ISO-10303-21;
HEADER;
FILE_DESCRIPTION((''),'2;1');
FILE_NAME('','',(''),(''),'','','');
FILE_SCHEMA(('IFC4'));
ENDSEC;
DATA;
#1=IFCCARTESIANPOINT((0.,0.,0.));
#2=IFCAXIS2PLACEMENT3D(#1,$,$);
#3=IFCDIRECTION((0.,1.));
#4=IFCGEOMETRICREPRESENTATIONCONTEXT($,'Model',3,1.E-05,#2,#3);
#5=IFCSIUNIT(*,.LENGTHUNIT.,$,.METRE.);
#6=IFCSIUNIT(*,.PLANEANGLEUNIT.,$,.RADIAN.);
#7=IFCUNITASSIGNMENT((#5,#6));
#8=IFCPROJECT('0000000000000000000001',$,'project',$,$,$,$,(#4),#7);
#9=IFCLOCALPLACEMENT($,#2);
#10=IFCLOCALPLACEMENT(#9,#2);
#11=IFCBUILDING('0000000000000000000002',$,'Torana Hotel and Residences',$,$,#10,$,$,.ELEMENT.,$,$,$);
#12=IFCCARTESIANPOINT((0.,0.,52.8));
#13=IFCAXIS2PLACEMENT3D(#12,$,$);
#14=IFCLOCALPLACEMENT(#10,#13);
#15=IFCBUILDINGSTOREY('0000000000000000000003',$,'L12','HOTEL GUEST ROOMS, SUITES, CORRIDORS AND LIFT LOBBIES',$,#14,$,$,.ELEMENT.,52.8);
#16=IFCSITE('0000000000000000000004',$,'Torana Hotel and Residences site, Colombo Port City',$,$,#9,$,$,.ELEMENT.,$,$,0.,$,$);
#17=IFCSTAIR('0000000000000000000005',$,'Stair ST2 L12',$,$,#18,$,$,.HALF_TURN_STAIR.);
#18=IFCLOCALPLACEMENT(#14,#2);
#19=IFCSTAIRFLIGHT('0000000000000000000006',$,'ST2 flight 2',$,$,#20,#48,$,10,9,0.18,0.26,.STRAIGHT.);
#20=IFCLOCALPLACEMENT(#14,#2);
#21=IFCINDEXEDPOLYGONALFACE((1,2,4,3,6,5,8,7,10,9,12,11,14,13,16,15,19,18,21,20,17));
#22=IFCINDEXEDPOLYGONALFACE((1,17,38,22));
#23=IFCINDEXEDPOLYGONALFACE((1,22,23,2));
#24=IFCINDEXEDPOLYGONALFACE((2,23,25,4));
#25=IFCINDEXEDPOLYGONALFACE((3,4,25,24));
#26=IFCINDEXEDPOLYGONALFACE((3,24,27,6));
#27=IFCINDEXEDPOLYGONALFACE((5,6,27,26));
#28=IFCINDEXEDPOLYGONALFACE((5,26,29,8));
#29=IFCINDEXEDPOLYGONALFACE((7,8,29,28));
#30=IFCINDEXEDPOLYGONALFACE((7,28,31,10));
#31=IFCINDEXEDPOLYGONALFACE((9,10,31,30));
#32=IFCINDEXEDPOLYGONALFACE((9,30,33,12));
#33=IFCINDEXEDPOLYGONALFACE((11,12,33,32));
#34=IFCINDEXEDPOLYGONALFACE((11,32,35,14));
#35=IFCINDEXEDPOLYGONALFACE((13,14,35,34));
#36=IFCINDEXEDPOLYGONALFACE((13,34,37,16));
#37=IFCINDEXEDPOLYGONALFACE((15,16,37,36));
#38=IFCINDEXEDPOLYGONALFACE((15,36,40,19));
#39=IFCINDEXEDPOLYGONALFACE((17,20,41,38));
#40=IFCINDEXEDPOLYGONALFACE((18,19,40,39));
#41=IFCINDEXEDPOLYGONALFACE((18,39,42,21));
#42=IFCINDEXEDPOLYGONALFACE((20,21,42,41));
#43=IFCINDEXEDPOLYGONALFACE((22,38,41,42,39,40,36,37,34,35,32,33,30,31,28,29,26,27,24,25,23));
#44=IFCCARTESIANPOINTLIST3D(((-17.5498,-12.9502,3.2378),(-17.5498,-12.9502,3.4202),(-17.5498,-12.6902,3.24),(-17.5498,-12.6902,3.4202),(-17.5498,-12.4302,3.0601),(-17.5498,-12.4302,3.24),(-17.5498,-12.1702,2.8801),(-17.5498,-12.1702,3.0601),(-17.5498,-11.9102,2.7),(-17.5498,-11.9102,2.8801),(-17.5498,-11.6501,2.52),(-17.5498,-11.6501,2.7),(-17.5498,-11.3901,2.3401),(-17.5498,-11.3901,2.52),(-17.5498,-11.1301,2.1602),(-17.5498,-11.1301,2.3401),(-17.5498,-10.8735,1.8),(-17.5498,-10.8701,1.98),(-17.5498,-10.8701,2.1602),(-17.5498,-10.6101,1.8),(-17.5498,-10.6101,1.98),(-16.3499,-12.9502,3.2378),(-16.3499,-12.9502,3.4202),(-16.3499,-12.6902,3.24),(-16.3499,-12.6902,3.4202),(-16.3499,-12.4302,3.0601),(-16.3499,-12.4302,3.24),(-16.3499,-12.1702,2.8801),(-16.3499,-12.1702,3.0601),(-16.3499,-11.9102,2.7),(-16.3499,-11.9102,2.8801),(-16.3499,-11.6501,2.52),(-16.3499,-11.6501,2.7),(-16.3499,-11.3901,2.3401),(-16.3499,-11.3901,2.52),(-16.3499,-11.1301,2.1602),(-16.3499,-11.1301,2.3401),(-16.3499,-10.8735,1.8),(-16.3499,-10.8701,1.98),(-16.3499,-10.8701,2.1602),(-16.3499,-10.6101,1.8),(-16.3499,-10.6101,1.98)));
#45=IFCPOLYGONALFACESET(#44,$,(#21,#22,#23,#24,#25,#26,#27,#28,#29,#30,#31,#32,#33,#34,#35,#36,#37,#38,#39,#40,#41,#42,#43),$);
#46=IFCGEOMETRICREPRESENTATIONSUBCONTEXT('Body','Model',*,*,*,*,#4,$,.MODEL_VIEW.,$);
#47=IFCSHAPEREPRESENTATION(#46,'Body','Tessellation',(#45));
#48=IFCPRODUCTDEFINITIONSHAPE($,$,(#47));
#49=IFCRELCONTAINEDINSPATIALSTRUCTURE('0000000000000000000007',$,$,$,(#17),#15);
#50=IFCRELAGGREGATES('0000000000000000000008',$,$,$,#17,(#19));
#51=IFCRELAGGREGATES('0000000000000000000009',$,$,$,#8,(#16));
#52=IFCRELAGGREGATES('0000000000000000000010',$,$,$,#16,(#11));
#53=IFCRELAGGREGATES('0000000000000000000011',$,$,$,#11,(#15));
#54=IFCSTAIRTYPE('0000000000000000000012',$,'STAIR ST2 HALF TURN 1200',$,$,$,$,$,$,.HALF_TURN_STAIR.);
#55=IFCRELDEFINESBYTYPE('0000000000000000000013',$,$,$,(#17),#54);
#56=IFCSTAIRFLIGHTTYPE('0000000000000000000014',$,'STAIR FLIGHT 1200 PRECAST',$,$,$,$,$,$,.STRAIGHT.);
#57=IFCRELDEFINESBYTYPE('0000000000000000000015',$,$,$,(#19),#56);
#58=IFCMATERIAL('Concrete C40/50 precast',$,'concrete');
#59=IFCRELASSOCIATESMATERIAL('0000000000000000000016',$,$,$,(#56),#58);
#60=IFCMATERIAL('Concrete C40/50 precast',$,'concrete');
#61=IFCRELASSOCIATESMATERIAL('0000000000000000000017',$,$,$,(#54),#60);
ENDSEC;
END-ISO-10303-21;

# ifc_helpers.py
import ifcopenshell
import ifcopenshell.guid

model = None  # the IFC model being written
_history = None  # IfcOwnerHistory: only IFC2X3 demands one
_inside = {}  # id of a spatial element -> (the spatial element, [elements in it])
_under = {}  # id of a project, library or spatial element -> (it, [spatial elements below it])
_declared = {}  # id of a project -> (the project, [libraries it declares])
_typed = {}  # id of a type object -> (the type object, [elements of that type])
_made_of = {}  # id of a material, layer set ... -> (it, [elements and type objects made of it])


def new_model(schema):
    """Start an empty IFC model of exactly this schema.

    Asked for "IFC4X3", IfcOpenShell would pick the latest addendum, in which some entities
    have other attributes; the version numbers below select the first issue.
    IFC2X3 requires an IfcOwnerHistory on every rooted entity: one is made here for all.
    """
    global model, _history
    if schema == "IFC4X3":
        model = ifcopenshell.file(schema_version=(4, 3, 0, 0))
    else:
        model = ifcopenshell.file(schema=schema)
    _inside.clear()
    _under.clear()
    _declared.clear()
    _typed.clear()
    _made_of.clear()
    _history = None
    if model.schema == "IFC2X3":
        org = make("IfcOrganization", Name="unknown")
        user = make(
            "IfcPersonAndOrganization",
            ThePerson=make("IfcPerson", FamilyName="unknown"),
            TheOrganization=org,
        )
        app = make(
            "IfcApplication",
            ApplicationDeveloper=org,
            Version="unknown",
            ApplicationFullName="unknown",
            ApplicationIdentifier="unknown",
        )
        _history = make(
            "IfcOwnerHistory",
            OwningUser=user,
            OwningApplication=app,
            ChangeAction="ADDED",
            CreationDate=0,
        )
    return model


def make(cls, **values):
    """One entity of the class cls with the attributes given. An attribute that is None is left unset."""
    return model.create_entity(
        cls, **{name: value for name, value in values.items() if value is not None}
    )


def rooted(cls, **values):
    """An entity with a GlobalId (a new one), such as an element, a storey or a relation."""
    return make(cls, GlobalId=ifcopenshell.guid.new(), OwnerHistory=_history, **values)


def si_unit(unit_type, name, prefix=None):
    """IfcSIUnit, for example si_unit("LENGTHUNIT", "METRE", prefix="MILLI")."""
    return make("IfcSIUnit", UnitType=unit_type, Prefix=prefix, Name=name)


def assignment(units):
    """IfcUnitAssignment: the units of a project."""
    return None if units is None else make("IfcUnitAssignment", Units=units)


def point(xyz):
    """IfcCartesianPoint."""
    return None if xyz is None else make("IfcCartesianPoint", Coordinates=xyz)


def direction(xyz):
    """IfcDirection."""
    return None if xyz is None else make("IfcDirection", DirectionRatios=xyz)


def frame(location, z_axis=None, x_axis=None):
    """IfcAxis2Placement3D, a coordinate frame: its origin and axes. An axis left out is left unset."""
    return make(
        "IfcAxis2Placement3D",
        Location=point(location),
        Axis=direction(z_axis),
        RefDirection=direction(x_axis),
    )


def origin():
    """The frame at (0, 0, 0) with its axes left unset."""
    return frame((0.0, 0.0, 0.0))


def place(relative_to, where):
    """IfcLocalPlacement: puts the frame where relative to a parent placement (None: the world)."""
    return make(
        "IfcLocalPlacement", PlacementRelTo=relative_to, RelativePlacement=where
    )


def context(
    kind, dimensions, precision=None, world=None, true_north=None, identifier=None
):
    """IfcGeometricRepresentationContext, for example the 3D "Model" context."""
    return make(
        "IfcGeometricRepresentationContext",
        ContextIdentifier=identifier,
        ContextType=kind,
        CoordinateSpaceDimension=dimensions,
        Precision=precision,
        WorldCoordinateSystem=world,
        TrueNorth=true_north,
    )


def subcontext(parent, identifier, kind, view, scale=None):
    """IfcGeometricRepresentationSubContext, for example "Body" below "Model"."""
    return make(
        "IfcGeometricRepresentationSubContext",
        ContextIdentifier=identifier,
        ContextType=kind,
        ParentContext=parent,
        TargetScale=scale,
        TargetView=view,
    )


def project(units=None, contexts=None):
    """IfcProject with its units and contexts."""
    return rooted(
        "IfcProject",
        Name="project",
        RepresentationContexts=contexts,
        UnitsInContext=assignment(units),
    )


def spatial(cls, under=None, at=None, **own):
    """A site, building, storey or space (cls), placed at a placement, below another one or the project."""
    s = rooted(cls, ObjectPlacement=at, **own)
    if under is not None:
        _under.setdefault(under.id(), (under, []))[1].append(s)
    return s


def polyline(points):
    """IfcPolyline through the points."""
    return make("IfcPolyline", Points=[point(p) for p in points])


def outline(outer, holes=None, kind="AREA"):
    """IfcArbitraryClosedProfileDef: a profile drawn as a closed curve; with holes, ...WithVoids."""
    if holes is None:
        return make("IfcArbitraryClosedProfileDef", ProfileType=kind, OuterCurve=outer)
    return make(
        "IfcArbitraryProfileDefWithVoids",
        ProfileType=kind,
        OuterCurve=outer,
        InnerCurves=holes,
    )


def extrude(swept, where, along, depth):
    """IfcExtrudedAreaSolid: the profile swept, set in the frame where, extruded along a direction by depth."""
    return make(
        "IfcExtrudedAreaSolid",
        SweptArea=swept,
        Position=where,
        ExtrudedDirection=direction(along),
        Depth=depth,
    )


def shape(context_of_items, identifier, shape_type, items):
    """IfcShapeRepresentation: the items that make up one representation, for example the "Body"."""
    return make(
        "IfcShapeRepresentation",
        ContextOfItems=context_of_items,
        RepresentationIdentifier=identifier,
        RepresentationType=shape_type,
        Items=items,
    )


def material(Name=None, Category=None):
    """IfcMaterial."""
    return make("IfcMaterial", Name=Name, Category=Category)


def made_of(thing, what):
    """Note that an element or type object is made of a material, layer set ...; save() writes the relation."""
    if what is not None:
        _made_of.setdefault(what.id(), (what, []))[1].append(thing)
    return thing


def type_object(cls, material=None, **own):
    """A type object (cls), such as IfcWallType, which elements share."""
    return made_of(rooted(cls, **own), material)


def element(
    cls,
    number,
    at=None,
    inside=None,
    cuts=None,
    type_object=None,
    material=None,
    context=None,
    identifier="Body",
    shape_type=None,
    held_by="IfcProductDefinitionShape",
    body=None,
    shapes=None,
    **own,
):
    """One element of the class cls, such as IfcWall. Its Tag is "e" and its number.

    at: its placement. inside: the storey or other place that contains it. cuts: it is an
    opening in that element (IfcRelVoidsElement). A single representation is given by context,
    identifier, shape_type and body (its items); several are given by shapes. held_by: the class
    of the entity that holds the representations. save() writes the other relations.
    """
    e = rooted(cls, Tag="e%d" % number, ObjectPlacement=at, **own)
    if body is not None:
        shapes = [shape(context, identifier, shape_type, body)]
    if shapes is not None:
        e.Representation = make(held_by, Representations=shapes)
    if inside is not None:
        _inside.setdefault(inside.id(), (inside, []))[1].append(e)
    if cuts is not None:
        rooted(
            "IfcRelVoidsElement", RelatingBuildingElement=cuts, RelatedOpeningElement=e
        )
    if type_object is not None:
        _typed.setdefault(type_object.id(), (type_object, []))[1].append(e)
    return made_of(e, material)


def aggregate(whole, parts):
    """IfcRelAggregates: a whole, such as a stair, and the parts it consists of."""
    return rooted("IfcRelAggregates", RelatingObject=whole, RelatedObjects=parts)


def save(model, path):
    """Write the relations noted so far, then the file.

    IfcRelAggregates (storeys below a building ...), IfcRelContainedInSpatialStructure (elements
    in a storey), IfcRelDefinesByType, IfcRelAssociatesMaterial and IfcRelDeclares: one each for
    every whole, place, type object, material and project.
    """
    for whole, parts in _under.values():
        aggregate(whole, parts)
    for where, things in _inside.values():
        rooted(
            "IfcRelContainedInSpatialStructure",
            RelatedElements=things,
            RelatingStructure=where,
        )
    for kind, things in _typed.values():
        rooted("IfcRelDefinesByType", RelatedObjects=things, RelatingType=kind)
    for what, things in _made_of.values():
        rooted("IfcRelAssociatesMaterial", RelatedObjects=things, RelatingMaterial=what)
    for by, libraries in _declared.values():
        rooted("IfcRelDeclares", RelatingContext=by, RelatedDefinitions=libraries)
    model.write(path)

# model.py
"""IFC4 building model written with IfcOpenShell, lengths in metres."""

from ifc_helpers import new_model, si_unit, direction, frame, origin, place, context, subcontext, project, spatial, polyline, outline, extrude, material, type_object, element, aggregate, save


model = new_model("IFC4")

# Units and contexts
model_context = context("Model", 3, precision=1e-05, world=origin(), true_north=direction((0.0, 1.0)))
body_context = subcontext(model_context, "Body", "Model", "MODEL_VIEW")
ifc_project = project(units=[si_unit("LENGTHUNIT", "METRE"), si_unit("PLANEANGLEUNIT", "RADIAN")], contexts=[model_context])

# Site, building, storey
site_placement = place(None, origin())
site = spatial("IfcSite", under=ifc_project, at=site_placement, Name="Torana Hotel and Residences site, Colombo Port City", CompositionType="ELEMENT", RefElevation=0.0)
building_placement = place(site_placement, origin())
building = spatial("IfcBuilding", under=site, at=building_placement, Name="Torana Hotel and Residences", CompositionType="ELEMENT")
storey_placement = place(building_placement, frame((0.0, 0.0, 52.8)))
storey = spatial("IfcBuildingStorey", under=building, at=storey_placement, Name="L12", Description="HOTEL GUEST ROOMS, SUITES, CORRIDORS AND LIFT LOBBIES", CompositionType="ELEMENT", Elevation=52.8)

# Stair, stair flight
ifc_material_1 = material(Name="Concrete C40/50 precast", Category="concrete")
stair_flight_type = type_object("IfcStairFlightType", Name="STAIR FLIGHT 1200 PRECAST", PredefinedType="STRAIGHT", material=ifc_material_1)
ifc_material_2 = material(Name="Concrete C40/50 precast", Category="concrete")
stair_type_1 = type_object("IfcStairType", Name="STAIR ST2 HALF TURN 1200", PredefinedType="HALF_TURN_STAIR", material=ifc_material_2)
stair_1_placement = place(storey_placement, origin())
stair_1 = element("IfcStair", 1, at=stair_1_placement, inside=storey, type_object=stair_type_1, Name="Stair ST2 L12", PredefinedType="HALF_TURN_STAIR")
stair_flight_1_placement = place(storey_placement, frame((-16.95, -10.6101, 1.8), z_axis=(0.0, 0.0, 1.0), x_axis=(0.0, -1.0, 0.0)))
stair_flight_1 = element("IfcStairFlight", 2, at=stair_flight_1_placement, type_object=stair_flight_type, Name="ST2 flight 2", NumberOfRisers=10, NumberOfTreads=9, PredefinedType="STRAIGHT", RiserHeight=0.18, TreadLength=0.26, context=body_context, shape_type="SweptSolid", body=[
    extrude(outline(polyline([(0.0, 0.0), (0.0, 0.1799), (0.26, 0.1799), (0.26, 0.3601), (0.52, 0.3601), (0.52, 0.54), (0.78, 0.54), (0.78, 0.72), (1.04, 0.72), (1.04, 0.8999), (1.3, 0.8999), (1.3, 1.0801), (1.5601, 1.0801), (1.5601, 1.26), (1.8201, 1.26), (1.8201, 1.4399), (2.0801, 1.4399), (2.0801, 1.6201), (2.3401, 1.6201), (2.3401, 1.8), (2.3401, 1.4377), (0.2634, 0.0), (0.0, 0.0)])), frame((0.0, 0.6001, 0.0), z_axis=(0.0, -1.0, 0.0), x_axis=(1.0, 0.0, 0.0)), (0.0, 0.0, 1.0), 1.2),
])
aggregate(stair_1, [stair_flight_1])

save(model, "model.ifc")
